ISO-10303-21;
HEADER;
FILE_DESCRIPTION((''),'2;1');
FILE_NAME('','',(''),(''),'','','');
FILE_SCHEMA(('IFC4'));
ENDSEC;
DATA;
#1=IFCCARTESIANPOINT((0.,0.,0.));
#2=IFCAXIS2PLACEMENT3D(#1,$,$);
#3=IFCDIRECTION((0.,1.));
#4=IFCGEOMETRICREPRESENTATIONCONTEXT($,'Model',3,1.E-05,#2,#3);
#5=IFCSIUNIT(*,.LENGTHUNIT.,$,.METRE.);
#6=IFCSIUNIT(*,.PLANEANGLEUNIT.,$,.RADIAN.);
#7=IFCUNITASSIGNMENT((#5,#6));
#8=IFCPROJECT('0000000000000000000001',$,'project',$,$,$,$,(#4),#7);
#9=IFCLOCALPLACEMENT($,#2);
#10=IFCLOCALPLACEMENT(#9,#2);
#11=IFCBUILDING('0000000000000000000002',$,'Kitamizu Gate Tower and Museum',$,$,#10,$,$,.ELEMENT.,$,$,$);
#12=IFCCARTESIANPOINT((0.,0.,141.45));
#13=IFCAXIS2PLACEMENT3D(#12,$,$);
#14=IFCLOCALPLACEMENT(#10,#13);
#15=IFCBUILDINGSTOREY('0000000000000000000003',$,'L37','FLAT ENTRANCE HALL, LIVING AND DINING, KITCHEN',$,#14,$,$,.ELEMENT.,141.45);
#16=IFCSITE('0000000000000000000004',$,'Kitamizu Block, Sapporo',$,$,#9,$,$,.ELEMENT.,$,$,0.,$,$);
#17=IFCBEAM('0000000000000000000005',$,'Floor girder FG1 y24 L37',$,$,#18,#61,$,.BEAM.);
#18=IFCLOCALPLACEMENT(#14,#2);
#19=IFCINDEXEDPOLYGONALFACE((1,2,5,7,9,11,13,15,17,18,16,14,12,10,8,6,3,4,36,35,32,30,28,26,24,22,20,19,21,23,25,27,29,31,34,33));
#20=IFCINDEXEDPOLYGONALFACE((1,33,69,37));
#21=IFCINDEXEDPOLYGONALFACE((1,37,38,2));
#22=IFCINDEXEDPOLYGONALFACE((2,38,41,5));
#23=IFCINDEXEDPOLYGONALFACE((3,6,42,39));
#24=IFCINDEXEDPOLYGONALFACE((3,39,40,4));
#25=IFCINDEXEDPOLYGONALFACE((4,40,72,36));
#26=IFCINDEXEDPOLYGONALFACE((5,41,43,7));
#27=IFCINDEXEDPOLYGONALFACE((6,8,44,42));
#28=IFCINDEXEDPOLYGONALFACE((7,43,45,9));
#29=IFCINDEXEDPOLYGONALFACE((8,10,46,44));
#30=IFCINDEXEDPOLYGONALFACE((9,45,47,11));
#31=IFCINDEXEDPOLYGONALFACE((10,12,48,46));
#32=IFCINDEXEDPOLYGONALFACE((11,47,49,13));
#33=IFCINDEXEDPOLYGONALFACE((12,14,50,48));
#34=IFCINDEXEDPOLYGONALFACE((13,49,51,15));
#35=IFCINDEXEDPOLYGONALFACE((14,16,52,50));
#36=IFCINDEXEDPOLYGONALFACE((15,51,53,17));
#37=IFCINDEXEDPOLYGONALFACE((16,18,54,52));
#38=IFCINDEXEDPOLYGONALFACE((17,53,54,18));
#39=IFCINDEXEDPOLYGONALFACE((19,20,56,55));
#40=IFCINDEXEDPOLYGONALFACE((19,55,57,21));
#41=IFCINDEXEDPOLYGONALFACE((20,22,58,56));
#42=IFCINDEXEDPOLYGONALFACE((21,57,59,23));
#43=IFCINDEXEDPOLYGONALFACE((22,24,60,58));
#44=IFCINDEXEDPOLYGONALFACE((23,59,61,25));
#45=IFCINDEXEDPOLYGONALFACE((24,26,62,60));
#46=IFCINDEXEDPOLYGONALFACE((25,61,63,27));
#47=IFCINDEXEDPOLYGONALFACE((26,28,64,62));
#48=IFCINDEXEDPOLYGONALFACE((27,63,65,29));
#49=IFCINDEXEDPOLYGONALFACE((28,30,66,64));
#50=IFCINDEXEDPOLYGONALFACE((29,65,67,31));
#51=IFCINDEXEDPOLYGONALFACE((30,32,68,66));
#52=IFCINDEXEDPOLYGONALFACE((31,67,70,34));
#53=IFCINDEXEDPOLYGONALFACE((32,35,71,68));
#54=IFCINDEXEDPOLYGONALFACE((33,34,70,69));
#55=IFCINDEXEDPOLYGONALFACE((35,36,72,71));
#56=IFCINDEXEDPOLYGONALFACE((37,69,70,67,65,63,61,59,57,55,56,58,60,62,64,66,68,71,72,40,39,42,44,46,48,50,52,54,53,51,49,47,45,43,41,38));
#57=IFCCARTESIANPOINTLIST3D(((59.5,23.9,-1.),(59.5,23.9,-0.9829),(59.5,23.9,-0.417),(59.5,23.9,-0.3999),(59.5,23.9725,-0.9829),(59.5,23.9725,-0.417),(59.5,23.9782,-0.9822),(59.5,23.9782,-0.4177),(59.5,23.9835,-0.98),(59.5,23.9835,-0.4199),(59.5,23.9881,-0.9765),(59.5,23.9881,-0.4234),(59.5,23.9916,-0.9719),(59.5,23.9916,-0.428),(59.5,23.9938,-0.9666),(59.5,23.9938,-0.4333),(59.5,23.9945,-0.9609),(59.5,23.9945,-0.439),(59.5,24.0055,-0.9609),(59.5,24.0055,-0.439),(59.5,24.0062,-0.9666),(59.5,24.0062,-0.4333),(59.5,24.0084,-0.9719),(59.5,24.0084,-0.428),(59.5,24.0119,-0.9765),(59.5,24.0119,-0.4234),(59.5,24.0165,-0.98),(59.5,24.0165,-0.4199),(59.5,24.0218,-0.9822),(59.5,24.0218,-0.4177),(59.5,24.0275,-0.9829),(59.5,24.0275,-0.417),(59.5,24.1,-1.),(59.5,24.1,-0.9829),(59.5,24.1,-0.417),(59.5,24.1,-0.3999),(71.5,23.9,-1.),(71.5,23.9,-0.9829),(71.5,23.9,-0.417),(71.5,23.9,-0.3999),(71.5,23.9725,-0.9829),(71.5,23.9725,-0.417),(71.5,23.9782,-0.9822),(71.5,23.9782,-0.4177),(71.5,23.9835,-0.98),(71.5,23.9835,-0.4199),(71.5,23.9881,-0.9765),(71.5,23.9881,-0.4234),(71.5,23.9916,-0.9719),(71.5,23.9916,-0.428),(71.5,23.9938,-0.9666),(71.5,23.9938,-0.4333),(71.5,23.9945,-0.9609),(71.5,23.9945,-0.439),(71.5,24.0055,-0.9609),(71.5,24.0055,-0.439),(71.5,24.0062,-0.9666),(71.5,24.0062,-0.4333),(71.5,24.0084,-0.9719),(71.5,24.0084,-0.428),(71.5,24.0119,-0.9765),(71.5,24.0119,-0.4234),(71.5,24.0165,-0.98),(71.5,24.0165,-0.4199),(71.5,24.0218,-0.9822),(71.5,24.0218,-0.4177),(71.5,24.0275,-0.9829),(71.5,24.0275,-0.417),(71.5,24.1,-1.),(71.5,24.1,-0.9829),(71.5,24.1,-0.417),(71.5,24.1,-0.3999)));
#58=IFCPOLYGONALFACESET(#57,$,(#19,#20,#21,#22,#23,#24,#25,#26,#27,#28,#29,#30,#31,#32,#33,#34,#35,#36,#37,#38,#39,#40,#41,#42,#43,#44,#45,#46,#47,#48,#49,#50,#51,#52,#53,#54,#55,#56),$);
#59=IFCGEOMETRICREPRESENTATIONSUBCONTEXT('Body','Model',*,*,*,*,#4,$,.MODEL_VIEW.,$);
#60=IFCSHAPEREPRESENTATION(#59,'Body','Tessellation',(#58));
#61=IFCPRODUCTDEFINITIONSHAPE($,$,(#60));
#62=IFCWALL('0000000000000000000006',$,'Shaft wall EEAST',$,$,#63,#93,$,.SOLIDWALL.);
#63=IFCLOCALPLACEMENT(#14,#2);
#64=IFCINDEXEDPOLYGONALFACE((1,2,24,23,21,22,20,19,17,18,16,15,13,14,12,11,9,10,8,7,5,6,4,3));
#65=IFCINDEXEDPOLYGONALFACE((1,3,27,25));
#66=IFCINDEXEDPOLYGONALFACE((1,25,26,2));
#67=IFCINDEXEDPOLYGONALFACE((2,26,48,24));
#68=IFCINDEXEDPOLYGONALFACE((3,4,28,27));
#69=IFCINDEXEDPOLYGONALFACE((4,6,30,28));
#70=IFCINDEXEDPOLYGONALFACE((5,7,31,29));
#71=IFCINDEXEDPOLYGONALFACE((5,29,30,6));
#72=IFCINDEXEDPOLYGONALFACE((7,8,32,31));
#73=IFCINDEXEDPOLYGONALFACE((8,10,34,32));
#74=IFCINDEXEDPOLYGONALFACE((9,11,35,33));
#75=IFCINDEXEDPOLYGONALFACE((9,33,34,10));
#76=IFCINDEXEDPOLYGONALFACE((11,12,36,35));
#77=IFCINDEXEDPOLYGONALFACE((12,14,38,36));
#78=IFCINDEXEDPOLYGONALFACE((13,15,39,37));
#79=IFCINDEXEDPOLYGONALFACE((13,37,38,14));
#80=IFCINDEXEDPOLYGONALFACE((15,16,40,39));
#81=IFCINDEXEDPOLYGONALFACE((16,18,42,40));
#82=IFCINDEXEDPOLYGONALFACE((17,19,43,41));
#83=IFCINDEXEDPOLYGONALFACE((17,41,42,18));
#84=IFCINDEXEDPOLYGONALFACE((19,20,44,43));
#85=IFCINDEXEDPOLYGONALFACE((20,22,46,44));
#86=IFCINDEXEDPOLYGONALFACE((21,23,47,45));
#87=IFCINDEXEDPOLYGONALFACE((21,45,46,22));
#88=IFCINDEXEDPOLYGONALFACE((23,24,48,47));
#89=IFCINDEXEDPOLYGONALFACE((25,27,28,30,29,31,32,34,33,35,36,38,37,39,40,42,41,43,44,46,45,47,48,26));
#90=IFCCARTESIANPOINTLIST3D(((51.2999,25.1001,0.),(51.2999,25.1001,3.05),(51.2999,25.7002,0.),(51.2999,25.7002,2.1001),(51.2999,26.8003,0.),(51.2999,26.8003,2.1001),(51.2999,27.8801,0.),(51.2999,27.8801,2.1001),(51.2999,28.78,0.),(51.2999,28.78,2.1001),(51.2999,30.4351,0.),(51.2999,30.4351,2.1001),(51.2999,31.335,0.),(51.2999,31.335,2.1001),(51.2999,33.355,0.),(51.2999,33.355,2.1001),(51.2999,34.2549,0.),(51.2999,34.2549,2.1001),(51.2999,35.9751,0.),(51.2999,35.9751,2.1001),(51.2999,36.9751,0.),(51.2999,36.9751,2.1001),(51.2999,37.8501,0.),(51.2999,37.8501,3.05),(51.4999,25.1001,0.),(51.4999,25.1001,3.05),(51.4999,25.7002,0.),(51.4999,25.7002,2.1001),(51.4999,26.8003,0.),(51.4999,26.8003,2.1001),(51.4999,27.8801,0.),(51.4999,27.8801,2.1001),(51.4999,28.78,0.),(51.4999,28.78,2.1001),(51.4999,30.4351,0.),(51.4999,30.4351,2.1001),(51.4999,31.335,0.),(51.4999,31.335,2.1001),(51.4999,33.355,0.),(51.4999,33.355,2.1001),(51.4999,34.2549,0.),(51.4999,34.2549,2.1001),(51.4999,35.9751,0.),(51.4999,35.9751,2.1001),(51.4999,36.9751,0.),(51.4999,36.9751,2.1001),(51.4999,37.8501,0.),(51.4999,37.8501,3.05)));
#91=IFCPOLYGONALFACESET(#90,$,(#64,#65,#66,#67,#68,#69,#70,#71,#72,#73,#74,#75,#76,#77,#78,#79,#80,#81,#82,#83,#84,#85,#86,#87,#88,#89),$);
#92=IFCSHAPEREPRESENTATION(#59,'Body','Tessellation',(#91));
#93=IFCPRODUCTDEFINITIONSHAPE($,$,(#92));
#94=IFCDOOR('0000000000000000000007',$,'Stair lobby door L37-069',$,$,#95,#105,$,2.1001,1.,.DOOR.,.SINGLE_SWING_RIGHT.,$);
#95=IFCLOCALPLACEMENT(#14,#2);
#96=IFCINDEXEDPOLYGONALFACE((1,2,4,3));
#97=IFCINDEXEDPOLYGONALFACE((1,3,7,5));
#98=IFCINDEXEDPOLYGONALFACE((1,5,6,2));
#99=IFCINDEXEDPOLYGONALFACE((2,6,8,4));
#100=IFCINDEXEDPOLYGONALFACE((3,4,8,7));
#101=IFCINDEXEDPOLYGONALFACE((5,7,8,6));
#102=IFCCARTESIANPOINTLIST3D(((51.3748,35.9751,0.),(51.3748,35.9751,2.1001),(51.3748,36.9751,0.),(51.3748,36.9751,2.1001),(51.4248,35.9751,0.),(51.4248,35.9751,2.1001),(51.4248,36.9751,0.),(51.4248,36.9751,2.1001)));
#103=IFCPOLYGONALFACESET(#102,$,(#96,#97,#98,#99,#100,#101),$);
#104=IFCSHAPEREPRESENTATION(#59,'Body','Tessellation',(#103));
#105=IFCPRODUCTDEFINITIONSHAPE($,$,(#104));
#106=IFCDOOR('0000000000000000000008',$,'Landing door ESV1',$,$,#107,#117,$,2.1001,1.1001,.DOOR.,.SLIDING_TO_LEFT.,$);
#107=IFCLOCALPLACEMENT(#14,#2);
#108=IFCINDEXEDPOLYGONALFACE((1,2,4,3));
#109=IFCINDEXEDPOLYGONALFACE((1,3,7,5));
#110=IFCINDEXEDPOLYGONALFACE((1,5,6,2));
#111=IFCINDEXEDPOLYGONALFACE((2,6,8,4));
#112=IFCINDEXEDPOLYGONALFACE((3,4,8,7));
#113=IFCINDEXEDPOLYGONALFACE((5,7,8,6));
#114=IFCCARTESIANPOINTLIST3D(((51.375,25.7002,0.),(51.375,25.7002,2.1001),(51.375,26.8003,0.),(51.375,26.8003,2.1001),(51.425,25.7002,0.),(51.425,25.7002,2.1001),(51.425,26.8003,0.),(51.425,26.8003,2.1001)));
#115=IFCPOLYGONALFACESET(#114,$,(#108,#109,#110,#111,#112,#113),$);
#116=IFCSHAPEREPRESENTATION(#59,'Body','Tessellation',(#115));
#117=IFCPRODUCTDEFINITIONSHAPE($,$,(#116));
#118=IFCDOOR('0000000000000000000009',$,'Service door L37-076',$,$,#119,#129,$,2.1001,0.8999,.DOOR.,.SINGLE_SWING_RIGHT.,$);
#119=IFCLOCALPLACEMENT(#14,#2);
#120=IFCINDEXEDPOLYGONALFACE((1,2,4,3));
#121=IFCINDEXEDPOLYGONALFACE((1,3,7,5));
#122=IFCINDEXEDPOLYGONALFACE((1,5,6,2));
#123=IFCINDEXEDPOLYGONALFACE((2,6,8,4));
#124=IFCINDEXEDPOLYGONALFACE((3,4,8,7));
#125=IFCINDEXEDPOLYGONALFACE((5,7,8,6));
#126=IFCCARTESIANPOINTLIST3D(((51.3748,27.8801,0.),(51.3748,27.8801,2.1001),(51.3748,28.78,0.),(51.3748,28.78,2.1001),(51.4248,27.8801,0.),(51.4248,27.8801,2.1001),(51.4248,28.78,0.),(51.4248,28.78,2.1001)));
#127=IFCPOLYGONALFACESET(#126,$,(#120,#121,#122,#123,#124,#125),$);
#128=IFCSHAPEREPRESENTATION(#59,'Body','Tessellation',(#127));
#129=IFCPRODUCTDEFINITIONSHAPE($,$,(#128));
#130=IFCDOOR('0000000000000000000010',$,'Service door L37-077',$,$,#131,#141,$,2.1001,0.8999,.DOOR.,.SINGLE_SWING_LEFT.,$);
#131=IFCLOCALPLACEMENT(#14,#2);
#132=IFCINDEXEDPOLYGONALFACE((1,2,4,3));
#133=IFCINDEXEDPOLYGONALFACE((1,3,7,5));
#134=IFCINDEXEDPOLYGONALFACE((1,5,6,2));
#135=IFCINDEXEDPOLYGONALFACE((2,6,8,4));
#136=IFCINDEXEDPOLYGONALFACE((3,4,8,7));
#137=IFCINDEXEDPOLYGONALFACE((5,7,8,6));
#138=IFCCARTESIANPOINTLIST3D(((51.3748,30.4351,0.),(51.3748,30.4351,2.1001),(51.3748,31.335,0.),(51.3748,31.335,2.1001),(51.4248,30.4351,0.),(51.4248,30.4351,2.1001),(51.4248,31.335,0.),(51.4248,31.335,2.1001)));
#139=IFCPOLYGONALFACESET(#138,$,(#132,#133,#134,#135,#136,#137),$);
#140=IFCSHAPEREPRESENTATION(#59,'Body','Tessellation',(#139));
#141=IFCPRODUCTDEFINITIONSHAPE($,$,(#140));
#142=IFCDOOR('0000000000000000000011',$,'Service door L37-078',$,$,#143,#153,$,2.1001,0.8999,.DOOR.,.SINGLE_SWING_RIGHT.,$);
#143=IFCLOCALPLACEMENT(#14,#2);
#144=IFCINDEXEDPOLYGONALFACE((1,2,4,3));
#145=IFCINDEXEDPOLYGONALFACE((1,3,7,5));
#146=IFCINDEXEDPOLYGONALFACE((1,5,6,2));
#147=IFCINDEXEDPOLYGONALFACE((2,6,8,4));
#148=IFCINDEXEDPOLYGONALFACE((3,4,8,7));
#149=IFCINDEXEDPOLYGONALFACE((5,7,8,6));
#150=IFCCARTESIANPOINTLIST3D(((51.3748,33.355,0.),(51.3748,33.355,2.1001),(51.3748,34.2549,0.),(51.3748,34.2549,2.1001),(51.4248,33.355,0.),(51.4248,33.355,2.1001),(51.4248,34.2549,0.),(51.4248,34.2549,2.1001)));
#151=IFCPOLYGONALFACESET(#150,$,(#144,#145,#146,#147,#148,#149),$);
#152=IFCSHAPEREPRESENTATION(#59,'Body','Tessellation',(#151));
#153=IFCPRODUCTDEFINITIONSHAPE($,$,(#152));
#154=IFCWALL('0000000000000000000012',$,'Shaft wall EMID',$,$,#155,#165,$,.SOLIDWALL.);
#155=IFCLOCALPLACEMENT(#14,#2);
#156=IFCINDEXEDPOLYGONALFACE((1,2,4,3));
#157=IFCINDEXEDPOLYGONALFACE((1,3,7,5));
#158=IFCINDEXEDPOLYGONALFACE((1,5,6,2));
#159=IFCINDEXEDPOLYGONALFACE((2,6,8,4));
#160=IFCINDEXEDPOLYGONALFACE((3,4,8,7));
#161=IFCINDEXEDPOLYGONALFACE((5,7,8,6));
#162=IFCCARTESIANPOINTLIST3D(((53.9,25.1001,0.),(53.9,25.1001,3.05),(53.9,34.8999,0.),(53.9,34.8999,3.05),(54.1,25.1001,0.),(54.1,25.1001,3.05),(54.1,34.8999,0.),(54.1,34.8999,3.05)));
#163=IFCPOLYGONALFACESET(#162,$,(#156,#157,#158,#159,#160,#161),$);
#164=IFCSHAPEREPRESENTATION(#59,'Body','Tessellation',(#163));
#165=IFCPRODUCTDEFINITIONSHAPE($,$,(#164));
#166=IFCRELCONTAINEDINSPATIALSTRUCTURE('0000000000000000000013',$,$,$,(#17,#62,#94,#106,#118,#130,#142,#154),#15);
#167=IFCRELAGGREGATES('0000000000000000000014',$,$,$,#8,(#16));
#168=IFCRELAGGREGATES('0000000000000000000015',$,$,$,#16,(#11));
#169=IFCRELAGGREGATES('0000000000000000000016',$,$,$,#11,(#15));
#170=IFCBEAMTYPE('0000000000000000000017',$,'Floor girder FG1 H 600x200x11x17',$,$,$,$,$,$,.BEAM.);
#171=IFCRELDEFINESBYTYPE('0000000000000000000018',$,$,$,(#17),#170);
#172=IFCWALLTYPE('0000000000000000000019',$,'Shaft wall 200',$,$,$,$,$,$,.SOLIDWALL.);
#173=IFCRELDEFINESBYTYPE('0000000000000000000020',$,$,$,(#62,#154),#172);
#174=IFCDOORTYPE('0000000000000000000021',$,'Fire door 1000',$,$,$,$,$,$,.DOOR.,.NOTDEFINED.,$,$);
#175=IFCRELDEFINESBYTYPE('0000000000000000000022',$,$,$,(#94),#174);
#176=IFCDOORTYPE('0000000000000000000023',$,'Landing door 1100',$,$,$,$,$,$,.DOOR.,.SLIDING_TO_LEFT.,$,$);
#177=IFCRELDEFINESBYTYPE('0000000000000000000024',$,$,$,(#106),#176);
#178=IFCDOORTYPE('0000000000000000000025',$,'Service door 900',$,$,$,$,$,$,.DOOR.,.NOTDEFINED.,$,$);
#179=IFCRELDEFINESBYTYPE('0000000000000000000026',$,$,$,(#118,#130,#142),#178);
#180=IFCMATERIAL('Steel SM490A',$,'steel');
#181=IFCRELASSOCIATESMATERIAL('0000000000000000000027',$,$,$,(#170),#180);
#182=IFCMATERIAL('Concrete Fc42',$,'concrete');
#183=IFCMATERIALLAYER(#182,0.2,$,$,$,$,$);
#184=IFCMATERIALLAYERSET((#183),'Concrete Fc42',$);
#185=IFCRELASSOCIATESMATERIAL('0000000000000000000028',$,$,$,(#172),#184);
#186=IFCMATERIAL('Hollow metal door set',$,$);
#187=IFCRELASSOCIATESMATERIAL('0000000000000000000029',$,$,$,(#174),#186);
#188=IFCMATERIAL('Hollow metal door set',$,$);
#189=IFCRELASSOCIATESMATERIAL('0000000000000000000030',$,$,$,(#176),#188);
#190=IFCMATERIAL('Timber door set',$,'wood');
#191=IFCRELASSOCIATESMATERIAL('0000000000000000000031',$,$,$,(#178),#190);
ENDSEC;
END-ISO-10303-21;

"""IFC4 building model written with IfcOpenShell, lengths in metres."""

from ifc_helpers import new_model, si_unit, direction, frame, frame_2d, origin, origin_2d, place, context, subcontext, project, spatial, rectangle, i_section, extrude, material, layer, layer_set, material_profile, profile_set, type_object, element, fill, save


model = new_model("IFC4")

# Units and contexts
model_context = context("Model", 3, precision=1e-05, world=origin(), true_north=direction((0.0, 1.0)))
body_context = subcontext(model_context, "Body", "Model", "MODEL_VIEW")
ifc_project = project(units=[si_unit("LENGTHUNIT", "METRE"), si_unit("PLANEANGLEUNIT", "RADIAN")], contexts=[model_context])

# Site, building, storey
site_placement = place(None, origin())
site = spatial("IfcSite", under=ifc_project, at=site_placement, Name="Kitamizu Block, Sapporo", CompositionType="ELEMENT", RefElevation=0.0)
building_placement = place(site_placement, origin())
building = spatial("IfcBuilding", under=site, at=building_placement, Name="Kitamizu Gate Tower and Museum", CompositionType="ELEMENT")
storey_placement = place(building_placement, frame((0.0, 0.0, 141.45)))
storey = spatial("IfcBuildingStorey", under=building, at=storey_placement, Name="L37", Description="FLAT ENTRANCE HALL, LIVING AND DINING, KITCHEN", CompositionType="ELEMENT", Elevation=141.45)

# Beam
ifc_material_1 = material(Name="Steel SM490A", Category="steel")
ifc_material_profile = material_profile(ifc_material_1, i_section(OverallWidth=0.2, OverallDepth=0.6001, WebThickness=0.011, FlangeThickness=0.0171, FilletRadius=0.022, at=origin_2d()), Name="H-600x200x11x17")
ifc_profile_set = profile_set([ifc_material_profile], Name="Steel SM490A")
beam_type = type_object("IfcBeamType", Name="Floor girder FG1 H 600x200x11x17", PredefinedType="BEAM", material=ifc_profile_set)
beam_placement = place(storey_placement, frame((59.5, 24.0, -0.7), z_axis=(1.0, 0.0, 0.0), x_axis=(0.0, 1.0, 0.0)))
element("IfcBeam", 1, at=beam_placement, inside=storey, type_object=beam_type, Name="Floor girder FG1 y24 L37", PredefinedType="BEAM", context=body_context, shape_type="SweptSolid", body=[
    extrude(i_section(OverallWidth=0.2, OverallDepth=0.6001, WebThickness=0.011, FlangeThickness=0.0171, FilletRadius=0.022, at=origin_2d()), origin(), (0.0, 0.0, 1.0), 12.0),
])

# Wall, openings, doors
ifc_material_2 = material(Name="Concrete Fc42", Category="concrete")
ifc_layer = layer(ifc_material_2, 0.2)
ifc_layer_set = layer_set([ifc_layer], Name="Concrete Fc42")
wall_type = type_object("IfcWallType", Name="Shaft wall 200", PredefinedType="SOLIDWALL", material=ifc_layer_set)
wall_1_placement = place(storey_placement, frame((51.3999, 25.1001, 0.0), z_axis=(0.0, 0.0, 1.0), x_axis=(0.0, 1.0, 0.0)))
wall_1 = element("IfcWall", 2, at=wall_1_placement, inside=storey, type_object=wall_type, Name="Shaft wall EEAST", PredefinedType="SOLIDWALL", context=body_context, shape_type="SweptSolid", body=[
    extrude(rectangle(XDim=12.75, YDim=0.2, at=frame_2d((6.375, 0.0))), origin(), (0.0, 0.0, 1.0), 3.05),
])
opening_1_placement = place(wall_1_placement, frame((0.6001, 0.0, 0.0)))
opening_1 = element("IfcOpeningElement", 3, at=opening_1_placement, cuts=wall_1, PredefinedType="OPENING", context=body_context, shape_type="SweptSolid", body=[
    extrude(rectangle(XDim=1.1001, YDim=2.1001, at=frame_2d((0.55, 1.05))), frame((0.0, 0.1099, 0.0), z_axis=(0.0, -1.0, 0.0), x_axis=(1.0, 0.0, 0.0)), (0.0, 0.0, 1.0), 0.22),
])
opening_2_placement = place(wall_1_placement, frame((10.875, 0.0, 0.0)))
opening_2 = element("IfcOpeningElement", 4, at=opening_2_placement, cuts=wall_1, PredefinedType="OPENING", context=body_context, shape_type="SweptSolid", body=[
    extrude(rectangle(XDim=1.0, YDim=2.1001, at=frame_2d((0.5, 1.05))), frame((0.0, 0.1099, 0.0), z_axis=(0.0, -1.0, 0.0), x_axis=(1.0, 0.0, 0.0)), (0.0, 0.0, 1.0), 0.22),
])
opening_3_placement = place(wall_1_placement, frame((2.78, 0.0, 0.0)))
opening_3 = element("IfcOpeningElement", 5, at=opening_3_placement, cuts=wall_1, PredefinedType="OPENING", context=body_context, shape_type="SweptSolid", body=[
    extrude(rectangle(XDim=0.8999, YDim=2.1001, at=frame_2d((0.45, 1.05))), frame((0.0, 0.1099, 0.0), z_axis=(0.0, -1.0, 0.0), x_axis=(1.0, 0.0, 0.0)), (0.0, 0.0, 1.0), 0.22),
])
opening_4_placement = place(wall_1_placement, frame((5.335, 0.0, 0.0)))
opening_4 = element("IfcOpeningElement", 6, at=opening_4_placement, cuts=wall_1, PredefinedType="OPENING", context=body_context, shape_type="SweptSolid", body=[
    extrude(rectangle(XDim=0.8999, YDim=2.1001, at=frame_2d((0.45, 1.05))), frame((0.0, 0.1099, 0.0), z_axis=(0.0, -1.0, 0.0), x_axis=(1.0, 0.0, 0.0)), (0.0, 0.0, 1.0), 0.22),
])
opening_5_placement = place(wall_1_placement, frame((8.2549, 0.0, 0.0)))
opening_5 = element("IfcOpeningElement", 7, at=opening_5_placement, cuts=wall_1, PredefinedType="OPENING", context=body_context, shape_type="SweptSolid", body=[
    extrude(rectangle(XDim=0.8999, YDim=2.1001, at=frame_2d((0.45, 1.05))), frame((0.0, 0.1099, 0.0), z_axis=(0.0, -1.0, 0.0), x_axis=(1.0, 0.0, 0.0)), (0.0, 0.0, 1.0), 0.22),
])
ifc_material_3 = material(Name="Hollow metal door set")
door_type_1 = type_object("IfcDoorType", Name="Fire door 1000", OperationType="NOTDEFINED", PredefinedType="DOOR", material=ifc_material_3)
door_1_placement = place(opening_2_placement, frame((1.0, 0.0, 0.0), x_axis=(-1.0, 0.0, 0.0)))
door_1 = element("IfcDoor", 8, at=door_1_placement, inside=storey, type_object=door_type_1, Name="Stair lobby door L37-069", OperationType="SINGLE_SWING_RIGHT", OverallHeight=2.1001, OverallWidth=1.0, PredefinedType="DOOR", context=body_context, shape_type="SweptSolid", body=[
    extrude(rectangle(XDim=1.0, YDim=2.1001, at=frame_2d((0.5, 1.05))), frame((0.0, 0.0249, 0.0), z_axis=(0.0, -1.0, 0.0), x_axis=(1.0, 0.0, 0.0)), (0.0, 0.0, 1.0), 0.05),
])
fill(opening_2, door_1)
ifc_material_4 = material(Name="Hollow metal door set")
door_type_2 = type_object("IfcDoorType", Name="Landing door 1100", OperationType="SLIDING_TO_LEFT", PredefinedType="DOOR", material=ifc_material_4)
door_2_placement = place(opening_1_placement, origin())
door_2 = element("IfcDoor", 9, at=door_2_placement, inside=storey, type_object=door_type_2, Name="Landing door ESV1", OperationType="SLIDING_TO_LEFT", OverallHeight=2.1001, OverallWidth=1.1001, PredefinedType="DOOR", context=body_context, shape_type="SweptSolid", body=[
    extrude(rectangle(XDim=1.1001, YDim=2.1001, at=frame_2d((0.55, 1.05))), frame((0.0, 0.0249, 0.0), z_axis=(0.0, -1.0, 0.0), x_axis=(1.0, 0.0, 0.0)), (0.0, 0.0, 1.0), 0.05),
])
fill(opening_1, door_2)
ifc_material_5 = material(Name="Timber door set", Category="wood")
door_type_3 = type_object("IfcDoorType", Name="Service door 900", OperationType="NOTDEFINED", PredefinedType="DOOR", material=ifc_material_5)
door_3_placement = place(opening_3_placement, frame((0.8999, 0.0, 0.0), x_axis=(-1.0, 0.0, 0.0)))
door_3 = element("IfcDoor", 10, at=door_3_placement, inside=storey, type_object=door_type_3, Name="Service door L37-076", OperationType="SINGLE_SWING_RIGHT", OverallHeight=2.1001, OverallWidth=0.8999, PredefinedType="DOOR", context=body_context, shape_type="SweptSolid", body=[
    extrude(rectangle(XDim=0.8999, YDim=2.1001, at=frame_2d((0.45, 1.05))), frame((0.0, 0.0249, 0.0), z_axis=(0.0, -1.0, 0.0), x_axis=(1.0, 0.0, 0.0)), (0.0, 0.0, 1.0), 0.05),
])
fill(opening_3, door_3)
door_4_placement = place(opening_4_placement, frame((0.8999, 0.0, 0.0), x_axis=(-1.0, 0.0, 0.0)))
door_4 = element("IfcDoor", 11, at=door_4_placement, inside=storey, type_object=door_type_3, Name="Service door L37-077", OperationType="SINGLE_SWING_LEFT", OverallHeight=2.1001, OverallWidth=0.8999, PredefinedType="DOOR", context=body_context, shape_type="SweptSolid", body=[
    extrude(rectangle(XDim=0.8999, YDim=2.1001, at=frame_2d((0.45, 1.05))), frame((0.0, 0.0249, 0.0), z_axis=(0.0, -1.0, 0.0), x_axis=(1.0, 0.0, 0.0)), (0.0, 0.0, 1.0), 0.05),
])
fill(opening_4, door_4)
door_5_placement = place(opening_5_placement, frame((0.8999, 0.0, 0.0), x_axis=(-1.0, 0.0, 0.0)))
door_5 = element("IfcDoor", 12, at=door_5_placement, inside=storey, type_object=door_type_3, Name="Service door L37-078", OperationType="SINGLE_SWING_RIGHT", OverallHeight=2.1001, OverallWidth=0.8999, PredefinedType="DOOR", context=body_context, shape_type="SweptSolid", body=[
    extrude(rectangle(XDim=0.8999, YDim=2.1001, at=frame_2d((0.45, 1.05))), frame((0.0, 0.0249, 0.0), z_axis=(0.0, -1.0, 0.0), x_axis=(1.0, 0.0, 0.0)), (0.0, 0.0, 1.0), 0.05),
])
fill(opening_5, door_5)

# Wall
wall_2_placement = place(storey_placement, frame((54.0, 25.1001, 0.0), z_axis=(0.0, 0.0, 1.0), x_axis=(0.0, 1.0, 0.0)))
element("IfcWall", 13, at=wall_2_placement, inside=storey, type_object=wall_type, Name="Shaft wall EMID", PredefinedType="SOLIDWALL", context=body_context, shape_type="SweptSolid", body=[
    extrude(rectangle(XDim=9.7998, YDim=0.2, at=frame_2d((4.8999, 0.0))), origin(), (0.0, 0.0, 1.0), 3.05),
])

save(model, "model.ifc")
